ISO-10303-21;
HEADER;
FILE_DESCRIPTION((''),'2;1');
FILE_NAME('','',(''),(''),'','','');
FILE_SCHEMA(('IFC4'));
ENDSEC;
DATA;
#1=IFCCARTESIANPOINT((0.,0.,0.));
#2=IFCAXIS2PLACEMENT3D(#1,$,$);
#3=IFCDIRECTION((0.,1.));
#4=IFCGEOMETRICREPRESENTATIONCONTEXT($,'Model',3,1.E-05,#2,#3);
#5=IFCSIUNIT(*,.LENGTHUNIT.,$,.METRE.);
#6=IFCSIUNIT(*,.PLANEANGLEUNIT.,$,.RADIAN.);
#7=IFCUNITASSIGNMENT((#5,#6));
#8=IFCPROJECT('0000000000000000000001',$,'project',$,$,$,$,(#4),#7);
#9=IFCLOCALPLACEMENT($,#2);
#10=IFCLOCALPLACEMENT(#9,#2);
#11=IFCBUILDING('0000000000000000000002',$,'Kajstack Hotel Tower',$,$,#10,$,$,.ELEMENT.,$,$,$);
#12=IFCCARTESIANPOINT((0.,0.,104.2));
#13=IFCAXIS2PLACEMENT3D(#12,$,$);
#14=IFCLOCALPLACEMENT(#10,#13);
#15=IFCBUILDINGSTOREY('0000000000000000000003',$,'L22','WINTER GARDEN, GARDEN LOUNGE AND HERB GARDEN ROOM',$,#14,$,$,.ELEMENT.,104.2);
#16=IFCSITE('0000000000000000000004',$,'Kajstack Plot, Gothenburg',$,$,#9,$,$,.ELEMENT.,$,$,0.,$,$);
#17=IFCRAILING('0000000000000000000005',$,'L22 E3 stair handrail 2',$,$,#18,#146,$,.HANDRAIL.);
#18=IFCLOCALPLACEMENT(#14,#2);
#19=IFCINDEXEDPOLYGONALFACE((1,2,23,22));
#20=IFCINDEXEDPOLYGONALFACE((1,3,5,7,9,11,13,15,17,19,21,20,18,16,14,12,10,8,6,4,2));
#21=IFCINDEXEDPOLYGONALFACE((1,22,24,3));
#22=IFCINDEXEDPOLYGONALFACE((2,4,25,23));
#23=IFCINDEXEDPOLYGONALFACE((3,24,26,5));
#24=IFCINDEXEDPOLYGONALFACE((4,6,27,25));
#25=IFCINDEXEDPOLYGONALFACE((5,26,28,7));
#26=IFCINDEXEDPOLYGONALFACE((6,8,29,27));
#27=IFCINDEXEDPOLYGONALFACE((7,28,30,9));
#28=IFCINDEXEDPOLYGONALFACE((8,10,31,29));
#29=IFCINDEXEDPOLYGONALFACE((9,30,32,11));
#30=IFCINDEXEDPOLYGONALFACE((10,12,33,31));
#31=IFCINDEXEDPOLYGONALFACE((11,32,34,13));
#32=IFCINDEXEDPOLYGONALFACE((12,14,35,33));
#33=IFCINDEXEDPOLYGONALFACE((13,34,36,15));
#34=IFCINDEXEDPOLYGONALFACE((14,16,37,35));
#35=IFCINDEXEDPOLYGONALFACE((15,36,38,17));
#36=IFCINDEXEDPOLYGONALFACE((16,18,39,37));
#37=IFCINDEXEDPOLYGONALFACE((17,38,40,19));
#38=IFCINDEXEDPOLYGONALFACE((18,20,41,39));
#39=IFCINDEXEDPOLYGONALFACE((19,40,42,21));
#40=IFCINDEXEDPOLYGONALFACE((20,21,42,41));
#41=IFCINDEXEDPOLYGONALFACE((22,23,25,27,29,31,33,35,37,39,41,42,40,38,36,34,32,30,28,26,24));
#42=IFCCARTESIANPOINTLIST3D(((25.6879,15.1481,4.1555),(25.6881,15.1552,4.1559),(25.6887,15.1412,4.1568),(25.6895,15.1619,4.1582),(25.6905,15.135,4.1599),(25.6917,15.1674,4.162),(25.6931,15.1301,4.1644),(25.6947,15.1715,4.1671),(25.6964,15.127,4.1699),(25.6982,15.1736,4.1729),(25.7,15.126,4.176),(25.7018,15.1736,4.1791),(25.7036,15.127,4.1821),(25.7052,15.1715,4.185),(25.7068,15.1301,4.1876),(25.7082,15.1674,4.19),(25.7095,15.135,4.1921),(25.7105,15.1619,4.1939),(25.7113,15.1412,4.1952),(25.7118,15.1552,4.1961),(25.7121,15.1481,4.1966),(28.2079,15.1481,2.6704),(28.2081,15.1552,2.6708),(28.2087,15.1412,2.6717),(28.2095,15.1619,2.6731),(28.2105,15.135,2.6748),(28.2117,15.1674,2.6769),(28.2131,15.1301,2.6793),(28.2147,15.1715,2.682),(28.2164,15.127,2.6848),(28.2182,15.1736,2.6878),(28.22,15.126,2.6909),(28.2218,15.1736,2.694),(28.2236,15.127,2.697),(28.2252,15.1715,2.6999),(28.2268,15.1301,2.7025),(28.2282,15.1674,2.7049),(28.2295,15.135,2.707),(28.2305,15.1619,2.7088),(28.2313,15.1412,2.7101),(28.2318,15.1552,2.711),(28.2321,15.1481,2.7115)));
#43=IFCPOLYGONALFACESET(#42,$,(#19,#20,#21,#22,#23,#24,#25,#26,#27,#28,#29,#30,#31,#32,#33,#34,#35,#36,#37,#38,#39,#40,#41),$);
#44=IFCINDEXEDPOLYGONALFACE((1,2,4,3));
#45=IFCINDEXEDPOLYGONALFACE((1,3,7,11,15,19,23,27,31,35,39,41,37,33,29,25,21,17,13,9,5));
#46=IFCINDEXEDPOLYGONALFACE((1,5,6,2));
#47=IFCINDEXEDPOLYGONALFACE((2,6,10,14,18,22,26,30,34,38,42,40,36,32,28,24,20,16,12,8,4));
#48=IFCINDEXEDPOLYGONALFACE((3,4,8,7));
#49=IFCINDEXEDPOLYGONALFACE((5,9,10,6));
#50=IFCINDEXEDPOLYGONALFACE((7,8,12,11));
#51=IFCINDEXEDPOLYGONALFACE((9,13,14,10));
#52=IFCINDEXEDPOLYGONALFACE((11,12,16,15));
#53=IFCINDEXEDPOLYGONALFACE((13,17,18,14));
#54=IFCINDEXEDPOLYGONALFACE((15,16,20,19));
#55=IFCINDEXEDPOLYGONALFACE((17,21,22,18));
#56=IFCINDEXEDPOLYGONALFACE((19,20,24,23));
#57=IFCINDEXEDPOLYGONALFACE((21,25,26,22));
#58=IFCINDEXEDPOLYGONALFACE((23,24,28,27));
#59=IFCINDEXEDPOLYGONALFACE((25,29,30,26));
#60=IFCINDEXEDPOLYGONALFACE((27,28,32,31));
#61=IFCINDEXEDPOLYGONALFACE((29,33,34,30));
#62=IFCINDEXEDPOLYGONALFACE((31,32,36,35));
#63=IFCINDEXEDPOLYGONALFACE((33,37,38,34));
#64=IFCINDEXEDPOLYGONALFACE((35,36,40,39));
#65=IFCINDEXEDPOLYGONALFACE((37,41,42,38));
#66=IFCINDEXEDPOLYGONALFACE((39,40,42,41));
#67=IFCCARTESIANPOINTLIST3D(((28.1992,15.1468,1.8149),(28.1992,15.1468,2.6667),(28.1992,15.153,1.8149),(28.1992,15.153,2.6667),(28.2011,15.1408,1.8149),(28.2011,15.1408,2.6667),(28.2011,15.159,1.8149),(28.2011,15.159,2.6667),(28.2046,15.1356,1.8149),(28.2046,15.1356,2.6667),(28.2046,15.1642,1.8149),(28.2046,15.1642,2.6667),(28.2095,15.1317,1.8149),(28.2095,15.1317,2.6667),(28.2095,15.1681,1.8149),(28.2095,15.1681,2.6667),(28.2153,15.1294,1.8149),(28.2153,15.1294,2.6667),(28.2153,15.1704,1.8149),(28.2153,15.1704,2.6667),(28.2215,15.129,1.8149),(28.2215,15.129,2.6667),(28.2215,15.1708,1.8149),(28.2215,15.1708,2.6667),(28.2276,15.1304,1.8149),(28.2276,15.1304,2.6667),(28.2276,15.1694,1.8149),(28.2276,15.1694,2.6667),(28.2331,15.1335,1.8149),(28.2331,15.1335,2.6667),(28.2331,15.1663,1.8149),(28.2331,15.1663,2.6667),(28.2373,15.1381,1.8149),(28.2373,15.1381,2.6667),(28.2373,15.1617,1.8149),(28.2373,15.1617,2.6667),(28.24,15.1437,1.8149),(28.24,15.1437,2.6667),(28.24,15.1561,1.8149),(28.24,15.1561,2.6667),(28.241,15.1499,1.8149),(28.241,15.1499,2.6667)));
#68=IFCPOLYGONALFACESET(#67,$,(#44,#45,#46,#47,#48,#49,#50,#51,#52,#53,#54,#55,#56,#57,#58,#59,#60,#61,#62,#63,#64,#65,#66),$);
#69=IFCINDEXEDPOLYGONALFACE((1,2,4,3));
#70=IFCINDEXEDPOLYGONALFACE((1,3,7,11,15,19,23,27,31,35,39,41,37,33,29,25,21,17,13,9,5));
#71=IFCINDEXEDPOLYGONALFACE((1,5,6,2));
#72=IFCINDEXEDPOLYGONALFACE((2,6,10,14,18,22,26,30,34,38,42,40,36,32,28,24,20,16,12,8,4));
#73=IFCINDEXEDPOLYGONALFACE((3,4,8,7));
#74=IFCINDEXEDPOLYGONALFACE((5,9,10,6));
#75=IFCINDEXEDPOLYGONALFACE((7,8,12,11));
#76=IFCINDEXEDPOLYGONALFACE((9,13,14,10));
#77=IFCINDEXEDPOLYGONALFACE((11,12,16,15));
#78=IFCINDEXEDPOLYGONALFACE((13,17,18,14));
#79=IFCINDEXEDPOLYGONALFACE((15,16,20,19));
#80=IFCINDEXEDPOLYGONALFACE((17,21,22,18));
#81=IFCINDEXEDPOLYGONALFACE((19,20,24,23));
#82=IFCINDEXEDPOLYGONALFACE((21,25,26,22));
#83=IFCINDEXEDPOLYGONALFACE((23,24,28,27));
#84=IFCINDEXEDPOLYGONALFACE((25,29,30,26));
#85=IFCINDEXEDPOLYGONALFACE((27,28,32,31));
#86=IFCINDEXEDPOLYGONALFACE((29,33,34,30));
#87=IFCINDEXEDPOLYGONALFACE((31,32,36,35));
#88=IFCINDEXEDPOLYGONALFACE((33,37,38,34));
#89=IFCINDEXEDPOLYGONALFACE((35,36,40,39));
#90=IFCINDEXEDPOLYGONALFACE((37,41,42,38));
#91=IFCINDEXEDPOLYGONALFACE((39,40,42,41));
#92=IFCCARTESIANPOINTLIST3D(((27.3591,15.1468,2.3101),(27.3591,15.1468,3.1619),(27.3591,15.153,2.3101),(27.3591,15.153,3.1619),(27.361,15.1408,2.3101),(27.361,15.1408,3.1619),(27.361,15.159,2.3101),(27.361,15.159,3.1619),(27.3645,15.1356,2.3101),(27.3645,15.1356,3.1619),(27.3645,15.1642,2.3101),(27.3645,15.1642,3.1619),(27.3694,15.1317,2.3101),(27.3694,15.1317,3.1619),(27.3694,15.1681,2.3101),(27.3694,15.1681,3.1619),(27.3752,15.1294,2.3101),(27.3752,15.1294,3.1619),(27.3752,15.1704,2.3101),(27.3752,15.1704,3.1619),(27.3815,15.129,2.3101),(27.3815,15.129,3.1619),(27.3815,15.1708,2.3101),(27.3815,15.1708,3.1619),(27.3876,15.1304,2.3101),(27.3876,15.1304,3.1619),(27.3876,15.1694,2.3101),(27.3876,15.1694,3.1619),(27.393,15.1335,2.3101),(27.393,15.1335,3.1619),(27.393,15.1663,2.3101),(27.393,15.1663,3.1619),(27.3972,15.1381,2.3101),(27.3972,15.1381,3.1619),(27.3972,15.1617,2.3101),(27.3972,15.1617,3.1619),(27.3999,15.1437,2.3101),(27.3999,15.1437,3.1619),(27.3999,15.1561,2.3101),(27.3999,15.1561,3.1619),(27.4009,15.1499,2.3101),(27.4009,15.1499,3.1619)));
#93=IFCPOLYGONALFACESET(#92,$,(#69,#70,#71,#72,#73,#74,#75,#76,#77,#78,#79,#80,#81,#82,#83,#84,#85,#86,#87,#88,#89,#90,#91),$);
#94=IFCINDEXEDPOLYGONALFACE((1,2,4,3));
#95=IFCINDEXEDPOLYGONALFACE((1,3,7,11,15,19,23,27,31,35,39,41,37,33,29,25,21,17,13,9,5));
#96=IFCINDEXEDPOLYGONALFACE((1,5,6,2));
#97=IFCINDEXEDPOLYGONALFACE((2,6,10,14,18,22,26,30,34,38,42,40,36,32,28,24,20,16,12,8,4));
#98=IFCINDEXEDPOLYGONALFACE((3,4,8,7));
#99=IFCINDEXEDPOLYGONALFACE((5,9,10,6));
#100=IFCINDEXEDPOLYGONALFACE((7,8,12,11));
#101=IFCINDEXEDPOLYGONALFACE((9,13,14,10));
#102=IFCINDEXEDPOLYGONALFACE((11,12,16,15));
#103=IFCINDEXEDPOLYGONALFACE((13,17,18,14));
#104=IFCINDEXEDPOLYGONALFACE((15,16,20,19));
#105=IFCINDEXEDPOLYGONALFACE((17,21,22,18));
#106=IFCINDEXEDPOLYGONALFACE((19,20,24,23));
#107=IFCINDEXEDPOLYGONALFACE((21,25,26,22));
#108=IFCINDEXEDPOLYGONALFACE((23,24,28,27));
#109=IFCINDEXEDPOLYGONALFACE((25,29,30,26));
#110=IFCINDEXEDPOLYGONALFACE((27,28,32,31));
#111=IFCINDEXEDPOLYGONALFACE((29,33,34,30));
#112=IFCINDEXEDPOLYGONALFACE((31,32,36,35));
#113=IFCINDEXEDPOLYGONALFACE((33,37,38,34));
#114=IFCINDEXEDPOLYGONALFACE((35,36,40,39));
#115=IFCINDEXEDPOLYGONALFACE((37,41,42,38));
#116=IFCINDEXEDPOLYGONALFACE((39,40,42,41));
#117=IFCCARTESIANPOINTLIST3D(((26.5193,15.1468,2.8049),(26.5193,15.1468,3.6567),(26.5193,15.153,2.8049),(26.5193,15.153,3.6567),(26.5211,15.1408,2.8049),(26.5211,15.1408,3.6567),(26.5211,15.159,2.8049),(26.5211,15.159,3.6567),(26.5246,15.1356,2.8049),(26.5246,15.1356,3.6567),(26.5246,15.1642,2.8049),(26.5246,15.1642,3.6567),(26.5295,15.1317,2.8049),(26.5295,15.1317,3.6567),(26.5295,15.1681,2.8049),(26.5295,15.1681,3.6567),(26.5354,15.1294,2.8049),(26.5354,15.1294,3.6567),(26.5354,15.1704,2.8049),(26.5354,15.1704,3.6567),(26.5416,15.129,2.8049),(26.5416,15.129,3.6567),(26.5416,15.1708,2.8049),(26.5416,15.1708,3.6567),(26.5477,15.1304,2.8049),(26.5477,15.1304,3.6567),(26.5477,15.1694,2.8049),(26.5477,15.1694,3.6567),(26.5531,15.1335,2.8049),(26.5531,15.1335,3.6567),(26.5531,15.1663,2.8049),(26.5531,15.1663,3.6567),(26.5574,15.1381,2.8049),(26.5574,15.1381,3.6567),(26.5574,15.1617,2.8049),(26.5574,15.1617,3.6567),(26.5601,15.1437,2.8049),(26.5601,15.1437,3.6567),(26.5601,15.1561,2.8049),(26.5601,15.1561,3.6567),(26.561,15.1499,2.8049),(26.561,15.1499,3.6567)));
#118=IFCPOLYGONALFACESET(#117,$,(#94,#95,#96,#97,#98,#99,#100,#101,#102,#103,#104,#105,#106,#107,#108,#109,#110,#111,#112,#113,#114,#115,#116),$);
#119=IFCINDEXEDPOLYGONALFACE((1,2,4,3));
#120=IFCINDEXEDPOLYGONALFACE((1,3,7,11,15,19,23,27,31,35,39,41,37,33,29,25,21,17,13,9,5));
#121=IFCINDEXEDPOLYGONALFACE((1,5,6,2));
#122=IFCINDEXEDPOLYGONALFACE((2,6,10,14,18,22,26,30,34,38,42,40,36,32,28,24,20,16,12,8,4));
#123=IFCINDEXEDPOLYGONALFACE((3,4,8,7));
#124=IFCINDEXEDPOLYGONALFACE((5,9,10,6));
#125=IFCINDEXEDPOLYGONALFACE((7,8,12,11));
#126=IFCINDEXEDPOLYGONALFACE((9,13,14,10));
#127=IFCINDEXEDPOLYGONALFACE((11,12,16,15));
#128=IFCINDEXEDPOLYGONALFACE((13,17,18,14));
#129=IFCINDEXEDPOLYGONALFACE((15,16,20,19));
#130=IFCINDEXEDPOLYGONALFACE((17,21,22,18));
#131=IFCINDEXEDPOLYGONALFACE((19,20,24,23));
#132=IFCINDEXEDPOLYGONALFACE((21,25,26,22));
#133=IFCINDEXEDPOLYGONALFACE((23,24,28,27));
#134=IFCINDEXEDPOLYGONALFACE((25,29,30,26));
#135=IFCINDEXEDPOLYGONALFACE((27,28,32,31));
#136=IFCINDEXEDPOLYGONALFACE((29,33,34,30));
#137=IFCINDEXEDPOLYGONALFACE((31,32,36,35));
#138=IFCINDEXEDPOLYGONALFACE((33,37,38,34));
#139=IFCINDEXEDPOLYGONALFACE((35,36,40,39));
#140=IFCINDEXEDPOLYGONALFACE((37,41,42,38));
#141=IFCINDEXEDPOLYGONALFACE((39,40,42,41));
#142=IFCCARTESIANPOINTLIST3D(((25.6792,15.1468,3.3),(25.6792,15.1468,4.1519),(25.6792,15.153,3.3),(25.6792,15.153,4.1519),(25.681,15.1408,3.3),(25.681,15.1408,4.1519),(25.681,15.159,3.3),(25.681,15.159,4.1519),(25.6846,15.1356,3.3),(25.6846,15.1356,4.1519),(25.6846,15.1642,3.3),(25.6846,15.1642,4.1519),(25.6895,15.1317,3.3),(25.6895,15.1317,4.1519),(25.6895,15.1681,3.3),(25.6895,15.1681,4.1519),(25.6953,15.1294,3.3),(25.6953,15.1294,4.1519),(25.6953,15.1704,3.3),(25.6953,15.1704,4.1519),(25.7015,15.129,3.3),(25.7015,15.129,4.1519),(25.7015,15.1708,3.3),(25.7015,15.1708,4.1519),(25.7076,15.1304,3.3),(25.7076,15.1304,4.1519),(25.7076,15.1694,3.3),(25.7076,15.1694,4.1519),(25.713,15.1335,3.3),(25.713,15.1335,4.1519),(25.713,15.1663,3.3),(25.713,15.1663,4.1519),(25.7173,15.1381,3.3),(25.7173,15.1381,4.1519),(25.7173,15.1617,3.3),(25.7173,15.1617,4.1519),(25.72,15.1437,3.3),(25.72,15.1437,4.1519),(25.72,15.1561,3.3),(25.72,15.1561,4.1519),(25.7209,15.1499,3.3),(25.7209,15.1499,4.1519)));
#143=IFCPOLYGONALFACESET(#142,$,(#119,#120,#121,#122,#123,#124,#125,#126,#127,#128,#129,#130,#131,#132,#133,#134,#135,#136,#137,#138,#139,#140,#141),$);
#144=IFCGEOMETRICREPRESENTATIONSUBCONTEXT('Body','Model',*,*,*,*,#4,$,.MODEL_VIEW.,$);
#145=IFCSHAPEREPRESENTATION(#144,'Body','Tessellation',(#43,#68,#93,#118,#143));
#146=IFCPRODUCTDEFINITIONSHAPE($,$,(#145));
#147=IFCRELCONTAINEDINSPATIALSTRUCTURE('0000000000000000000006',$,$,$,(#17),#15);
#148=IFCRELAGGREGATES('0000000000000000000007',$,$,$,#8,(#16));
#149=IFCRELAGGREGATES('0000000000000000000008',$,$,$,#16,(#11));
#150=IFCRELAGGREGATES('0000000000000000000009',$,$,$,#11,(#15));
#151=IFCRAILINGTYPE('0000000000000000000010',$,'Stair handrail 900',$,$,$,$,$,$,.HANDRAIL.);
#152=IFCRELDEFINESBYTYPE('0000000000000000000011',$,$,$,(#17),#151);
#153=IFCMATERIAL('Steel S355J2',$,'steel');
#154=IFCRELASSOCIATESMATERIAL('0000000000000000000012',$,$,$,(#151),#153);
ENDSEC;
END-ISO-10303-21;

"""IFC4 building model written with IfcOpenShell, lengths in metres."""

from ifc_helpers import new_model, si_unit, direction, frame, origin, origin_2d, place, context, subcontext, project, spatial, circle, extrude, material, type_object, element, save


model = new_model("IFC4")

# Units and contexts
model_context = context("Model", 3, precision=1e-05, world=origin(), true_north=direction((0.0, 1.0)))
body_context = subcontext(model_context, "Body", "Model", "MODEL_VIEW")
ifc_project = project(units=[si_unit("LENGTHUNIT", "METRE"), si_unit("PLANEANGLEUNIT", "RADIAN")], contexts=[model_context])

# Site, building, storey
site_placement = place(None, origin())
site = spatial("IfcSite", under=ifc_project, at=site_placement, Name="Kajstack Plot, Gothenburg", CompositionType="ELEMENT", RefElevation=0.0)
building_placement = place(site_placement, origin())
building = spatial("IfcBuilding", under=site, at=building_placement, Name="Kajstack Hotel Tower", CompositionType="ELEMENT")
storey_placement = place(building_placement, frame((0.0, 0.0, 104.2)))
storey = spatial("IfcBuildingStorey", under=building, at=storey_placement, Name="L22", Description="WINTER GARDEN, GARDEN LOUNGE AND HERB GARDEN ROOM", CompositionType="ELEMENT", Elevation=104.2)

# Railing
ifc_material_1 = material(Name="Steel S355J2", Category="steel")
railing_type_1 = type_object("IfcRailingType", Name="Stair handrail 900", PredefinedType="HANDRAIL", material=ifc_material_1)
railing_1_placement = place(storey_placement, frame((28.22, 15.1499, 1.8149)))
element("IfcRailing", 1, at=railing_1_placement, inside=storey, type_object=railing_type_1, Name="L22 E3 stair handrail 2", PredefinedType="HANDRAIL", context=body_context, shape_type="SweptSolid", body=[
    extrude(circle(Radius=0.0239, at=origin_2d()), frame((0.0, 0.0, 0.876), z_axis=(-0.861524, 0.0, 0.507717), x_axis=(0.0, -1.0, 0.0)), (0.0, 0.0, 1.0), 2.925),
    extrude(circle(Radius=0.021, at=origin_2d()), origin(), (0.0, 0.0, 1.0), 0.8518),
    extrude(circle(Radius=0.021, at=origin_2d()), frame((-0.8401, 0.0, 0.4951)), (0.0, 0.0, 1.0), 0.8518),
    extrude(circle(Radius=0.021, at=origin_2d()), frame((-1.6799, 0.0, 0.99)), (0.0, 0.0, 1.0), 0.8518),
    extrude(circle(Radius=0.021, at=origin_2d()), frame((-2.52, 0.0, 1.4851)), (0.0, 0.0, 1.0), 0.8518),
])

save(model, "model.ifc")
